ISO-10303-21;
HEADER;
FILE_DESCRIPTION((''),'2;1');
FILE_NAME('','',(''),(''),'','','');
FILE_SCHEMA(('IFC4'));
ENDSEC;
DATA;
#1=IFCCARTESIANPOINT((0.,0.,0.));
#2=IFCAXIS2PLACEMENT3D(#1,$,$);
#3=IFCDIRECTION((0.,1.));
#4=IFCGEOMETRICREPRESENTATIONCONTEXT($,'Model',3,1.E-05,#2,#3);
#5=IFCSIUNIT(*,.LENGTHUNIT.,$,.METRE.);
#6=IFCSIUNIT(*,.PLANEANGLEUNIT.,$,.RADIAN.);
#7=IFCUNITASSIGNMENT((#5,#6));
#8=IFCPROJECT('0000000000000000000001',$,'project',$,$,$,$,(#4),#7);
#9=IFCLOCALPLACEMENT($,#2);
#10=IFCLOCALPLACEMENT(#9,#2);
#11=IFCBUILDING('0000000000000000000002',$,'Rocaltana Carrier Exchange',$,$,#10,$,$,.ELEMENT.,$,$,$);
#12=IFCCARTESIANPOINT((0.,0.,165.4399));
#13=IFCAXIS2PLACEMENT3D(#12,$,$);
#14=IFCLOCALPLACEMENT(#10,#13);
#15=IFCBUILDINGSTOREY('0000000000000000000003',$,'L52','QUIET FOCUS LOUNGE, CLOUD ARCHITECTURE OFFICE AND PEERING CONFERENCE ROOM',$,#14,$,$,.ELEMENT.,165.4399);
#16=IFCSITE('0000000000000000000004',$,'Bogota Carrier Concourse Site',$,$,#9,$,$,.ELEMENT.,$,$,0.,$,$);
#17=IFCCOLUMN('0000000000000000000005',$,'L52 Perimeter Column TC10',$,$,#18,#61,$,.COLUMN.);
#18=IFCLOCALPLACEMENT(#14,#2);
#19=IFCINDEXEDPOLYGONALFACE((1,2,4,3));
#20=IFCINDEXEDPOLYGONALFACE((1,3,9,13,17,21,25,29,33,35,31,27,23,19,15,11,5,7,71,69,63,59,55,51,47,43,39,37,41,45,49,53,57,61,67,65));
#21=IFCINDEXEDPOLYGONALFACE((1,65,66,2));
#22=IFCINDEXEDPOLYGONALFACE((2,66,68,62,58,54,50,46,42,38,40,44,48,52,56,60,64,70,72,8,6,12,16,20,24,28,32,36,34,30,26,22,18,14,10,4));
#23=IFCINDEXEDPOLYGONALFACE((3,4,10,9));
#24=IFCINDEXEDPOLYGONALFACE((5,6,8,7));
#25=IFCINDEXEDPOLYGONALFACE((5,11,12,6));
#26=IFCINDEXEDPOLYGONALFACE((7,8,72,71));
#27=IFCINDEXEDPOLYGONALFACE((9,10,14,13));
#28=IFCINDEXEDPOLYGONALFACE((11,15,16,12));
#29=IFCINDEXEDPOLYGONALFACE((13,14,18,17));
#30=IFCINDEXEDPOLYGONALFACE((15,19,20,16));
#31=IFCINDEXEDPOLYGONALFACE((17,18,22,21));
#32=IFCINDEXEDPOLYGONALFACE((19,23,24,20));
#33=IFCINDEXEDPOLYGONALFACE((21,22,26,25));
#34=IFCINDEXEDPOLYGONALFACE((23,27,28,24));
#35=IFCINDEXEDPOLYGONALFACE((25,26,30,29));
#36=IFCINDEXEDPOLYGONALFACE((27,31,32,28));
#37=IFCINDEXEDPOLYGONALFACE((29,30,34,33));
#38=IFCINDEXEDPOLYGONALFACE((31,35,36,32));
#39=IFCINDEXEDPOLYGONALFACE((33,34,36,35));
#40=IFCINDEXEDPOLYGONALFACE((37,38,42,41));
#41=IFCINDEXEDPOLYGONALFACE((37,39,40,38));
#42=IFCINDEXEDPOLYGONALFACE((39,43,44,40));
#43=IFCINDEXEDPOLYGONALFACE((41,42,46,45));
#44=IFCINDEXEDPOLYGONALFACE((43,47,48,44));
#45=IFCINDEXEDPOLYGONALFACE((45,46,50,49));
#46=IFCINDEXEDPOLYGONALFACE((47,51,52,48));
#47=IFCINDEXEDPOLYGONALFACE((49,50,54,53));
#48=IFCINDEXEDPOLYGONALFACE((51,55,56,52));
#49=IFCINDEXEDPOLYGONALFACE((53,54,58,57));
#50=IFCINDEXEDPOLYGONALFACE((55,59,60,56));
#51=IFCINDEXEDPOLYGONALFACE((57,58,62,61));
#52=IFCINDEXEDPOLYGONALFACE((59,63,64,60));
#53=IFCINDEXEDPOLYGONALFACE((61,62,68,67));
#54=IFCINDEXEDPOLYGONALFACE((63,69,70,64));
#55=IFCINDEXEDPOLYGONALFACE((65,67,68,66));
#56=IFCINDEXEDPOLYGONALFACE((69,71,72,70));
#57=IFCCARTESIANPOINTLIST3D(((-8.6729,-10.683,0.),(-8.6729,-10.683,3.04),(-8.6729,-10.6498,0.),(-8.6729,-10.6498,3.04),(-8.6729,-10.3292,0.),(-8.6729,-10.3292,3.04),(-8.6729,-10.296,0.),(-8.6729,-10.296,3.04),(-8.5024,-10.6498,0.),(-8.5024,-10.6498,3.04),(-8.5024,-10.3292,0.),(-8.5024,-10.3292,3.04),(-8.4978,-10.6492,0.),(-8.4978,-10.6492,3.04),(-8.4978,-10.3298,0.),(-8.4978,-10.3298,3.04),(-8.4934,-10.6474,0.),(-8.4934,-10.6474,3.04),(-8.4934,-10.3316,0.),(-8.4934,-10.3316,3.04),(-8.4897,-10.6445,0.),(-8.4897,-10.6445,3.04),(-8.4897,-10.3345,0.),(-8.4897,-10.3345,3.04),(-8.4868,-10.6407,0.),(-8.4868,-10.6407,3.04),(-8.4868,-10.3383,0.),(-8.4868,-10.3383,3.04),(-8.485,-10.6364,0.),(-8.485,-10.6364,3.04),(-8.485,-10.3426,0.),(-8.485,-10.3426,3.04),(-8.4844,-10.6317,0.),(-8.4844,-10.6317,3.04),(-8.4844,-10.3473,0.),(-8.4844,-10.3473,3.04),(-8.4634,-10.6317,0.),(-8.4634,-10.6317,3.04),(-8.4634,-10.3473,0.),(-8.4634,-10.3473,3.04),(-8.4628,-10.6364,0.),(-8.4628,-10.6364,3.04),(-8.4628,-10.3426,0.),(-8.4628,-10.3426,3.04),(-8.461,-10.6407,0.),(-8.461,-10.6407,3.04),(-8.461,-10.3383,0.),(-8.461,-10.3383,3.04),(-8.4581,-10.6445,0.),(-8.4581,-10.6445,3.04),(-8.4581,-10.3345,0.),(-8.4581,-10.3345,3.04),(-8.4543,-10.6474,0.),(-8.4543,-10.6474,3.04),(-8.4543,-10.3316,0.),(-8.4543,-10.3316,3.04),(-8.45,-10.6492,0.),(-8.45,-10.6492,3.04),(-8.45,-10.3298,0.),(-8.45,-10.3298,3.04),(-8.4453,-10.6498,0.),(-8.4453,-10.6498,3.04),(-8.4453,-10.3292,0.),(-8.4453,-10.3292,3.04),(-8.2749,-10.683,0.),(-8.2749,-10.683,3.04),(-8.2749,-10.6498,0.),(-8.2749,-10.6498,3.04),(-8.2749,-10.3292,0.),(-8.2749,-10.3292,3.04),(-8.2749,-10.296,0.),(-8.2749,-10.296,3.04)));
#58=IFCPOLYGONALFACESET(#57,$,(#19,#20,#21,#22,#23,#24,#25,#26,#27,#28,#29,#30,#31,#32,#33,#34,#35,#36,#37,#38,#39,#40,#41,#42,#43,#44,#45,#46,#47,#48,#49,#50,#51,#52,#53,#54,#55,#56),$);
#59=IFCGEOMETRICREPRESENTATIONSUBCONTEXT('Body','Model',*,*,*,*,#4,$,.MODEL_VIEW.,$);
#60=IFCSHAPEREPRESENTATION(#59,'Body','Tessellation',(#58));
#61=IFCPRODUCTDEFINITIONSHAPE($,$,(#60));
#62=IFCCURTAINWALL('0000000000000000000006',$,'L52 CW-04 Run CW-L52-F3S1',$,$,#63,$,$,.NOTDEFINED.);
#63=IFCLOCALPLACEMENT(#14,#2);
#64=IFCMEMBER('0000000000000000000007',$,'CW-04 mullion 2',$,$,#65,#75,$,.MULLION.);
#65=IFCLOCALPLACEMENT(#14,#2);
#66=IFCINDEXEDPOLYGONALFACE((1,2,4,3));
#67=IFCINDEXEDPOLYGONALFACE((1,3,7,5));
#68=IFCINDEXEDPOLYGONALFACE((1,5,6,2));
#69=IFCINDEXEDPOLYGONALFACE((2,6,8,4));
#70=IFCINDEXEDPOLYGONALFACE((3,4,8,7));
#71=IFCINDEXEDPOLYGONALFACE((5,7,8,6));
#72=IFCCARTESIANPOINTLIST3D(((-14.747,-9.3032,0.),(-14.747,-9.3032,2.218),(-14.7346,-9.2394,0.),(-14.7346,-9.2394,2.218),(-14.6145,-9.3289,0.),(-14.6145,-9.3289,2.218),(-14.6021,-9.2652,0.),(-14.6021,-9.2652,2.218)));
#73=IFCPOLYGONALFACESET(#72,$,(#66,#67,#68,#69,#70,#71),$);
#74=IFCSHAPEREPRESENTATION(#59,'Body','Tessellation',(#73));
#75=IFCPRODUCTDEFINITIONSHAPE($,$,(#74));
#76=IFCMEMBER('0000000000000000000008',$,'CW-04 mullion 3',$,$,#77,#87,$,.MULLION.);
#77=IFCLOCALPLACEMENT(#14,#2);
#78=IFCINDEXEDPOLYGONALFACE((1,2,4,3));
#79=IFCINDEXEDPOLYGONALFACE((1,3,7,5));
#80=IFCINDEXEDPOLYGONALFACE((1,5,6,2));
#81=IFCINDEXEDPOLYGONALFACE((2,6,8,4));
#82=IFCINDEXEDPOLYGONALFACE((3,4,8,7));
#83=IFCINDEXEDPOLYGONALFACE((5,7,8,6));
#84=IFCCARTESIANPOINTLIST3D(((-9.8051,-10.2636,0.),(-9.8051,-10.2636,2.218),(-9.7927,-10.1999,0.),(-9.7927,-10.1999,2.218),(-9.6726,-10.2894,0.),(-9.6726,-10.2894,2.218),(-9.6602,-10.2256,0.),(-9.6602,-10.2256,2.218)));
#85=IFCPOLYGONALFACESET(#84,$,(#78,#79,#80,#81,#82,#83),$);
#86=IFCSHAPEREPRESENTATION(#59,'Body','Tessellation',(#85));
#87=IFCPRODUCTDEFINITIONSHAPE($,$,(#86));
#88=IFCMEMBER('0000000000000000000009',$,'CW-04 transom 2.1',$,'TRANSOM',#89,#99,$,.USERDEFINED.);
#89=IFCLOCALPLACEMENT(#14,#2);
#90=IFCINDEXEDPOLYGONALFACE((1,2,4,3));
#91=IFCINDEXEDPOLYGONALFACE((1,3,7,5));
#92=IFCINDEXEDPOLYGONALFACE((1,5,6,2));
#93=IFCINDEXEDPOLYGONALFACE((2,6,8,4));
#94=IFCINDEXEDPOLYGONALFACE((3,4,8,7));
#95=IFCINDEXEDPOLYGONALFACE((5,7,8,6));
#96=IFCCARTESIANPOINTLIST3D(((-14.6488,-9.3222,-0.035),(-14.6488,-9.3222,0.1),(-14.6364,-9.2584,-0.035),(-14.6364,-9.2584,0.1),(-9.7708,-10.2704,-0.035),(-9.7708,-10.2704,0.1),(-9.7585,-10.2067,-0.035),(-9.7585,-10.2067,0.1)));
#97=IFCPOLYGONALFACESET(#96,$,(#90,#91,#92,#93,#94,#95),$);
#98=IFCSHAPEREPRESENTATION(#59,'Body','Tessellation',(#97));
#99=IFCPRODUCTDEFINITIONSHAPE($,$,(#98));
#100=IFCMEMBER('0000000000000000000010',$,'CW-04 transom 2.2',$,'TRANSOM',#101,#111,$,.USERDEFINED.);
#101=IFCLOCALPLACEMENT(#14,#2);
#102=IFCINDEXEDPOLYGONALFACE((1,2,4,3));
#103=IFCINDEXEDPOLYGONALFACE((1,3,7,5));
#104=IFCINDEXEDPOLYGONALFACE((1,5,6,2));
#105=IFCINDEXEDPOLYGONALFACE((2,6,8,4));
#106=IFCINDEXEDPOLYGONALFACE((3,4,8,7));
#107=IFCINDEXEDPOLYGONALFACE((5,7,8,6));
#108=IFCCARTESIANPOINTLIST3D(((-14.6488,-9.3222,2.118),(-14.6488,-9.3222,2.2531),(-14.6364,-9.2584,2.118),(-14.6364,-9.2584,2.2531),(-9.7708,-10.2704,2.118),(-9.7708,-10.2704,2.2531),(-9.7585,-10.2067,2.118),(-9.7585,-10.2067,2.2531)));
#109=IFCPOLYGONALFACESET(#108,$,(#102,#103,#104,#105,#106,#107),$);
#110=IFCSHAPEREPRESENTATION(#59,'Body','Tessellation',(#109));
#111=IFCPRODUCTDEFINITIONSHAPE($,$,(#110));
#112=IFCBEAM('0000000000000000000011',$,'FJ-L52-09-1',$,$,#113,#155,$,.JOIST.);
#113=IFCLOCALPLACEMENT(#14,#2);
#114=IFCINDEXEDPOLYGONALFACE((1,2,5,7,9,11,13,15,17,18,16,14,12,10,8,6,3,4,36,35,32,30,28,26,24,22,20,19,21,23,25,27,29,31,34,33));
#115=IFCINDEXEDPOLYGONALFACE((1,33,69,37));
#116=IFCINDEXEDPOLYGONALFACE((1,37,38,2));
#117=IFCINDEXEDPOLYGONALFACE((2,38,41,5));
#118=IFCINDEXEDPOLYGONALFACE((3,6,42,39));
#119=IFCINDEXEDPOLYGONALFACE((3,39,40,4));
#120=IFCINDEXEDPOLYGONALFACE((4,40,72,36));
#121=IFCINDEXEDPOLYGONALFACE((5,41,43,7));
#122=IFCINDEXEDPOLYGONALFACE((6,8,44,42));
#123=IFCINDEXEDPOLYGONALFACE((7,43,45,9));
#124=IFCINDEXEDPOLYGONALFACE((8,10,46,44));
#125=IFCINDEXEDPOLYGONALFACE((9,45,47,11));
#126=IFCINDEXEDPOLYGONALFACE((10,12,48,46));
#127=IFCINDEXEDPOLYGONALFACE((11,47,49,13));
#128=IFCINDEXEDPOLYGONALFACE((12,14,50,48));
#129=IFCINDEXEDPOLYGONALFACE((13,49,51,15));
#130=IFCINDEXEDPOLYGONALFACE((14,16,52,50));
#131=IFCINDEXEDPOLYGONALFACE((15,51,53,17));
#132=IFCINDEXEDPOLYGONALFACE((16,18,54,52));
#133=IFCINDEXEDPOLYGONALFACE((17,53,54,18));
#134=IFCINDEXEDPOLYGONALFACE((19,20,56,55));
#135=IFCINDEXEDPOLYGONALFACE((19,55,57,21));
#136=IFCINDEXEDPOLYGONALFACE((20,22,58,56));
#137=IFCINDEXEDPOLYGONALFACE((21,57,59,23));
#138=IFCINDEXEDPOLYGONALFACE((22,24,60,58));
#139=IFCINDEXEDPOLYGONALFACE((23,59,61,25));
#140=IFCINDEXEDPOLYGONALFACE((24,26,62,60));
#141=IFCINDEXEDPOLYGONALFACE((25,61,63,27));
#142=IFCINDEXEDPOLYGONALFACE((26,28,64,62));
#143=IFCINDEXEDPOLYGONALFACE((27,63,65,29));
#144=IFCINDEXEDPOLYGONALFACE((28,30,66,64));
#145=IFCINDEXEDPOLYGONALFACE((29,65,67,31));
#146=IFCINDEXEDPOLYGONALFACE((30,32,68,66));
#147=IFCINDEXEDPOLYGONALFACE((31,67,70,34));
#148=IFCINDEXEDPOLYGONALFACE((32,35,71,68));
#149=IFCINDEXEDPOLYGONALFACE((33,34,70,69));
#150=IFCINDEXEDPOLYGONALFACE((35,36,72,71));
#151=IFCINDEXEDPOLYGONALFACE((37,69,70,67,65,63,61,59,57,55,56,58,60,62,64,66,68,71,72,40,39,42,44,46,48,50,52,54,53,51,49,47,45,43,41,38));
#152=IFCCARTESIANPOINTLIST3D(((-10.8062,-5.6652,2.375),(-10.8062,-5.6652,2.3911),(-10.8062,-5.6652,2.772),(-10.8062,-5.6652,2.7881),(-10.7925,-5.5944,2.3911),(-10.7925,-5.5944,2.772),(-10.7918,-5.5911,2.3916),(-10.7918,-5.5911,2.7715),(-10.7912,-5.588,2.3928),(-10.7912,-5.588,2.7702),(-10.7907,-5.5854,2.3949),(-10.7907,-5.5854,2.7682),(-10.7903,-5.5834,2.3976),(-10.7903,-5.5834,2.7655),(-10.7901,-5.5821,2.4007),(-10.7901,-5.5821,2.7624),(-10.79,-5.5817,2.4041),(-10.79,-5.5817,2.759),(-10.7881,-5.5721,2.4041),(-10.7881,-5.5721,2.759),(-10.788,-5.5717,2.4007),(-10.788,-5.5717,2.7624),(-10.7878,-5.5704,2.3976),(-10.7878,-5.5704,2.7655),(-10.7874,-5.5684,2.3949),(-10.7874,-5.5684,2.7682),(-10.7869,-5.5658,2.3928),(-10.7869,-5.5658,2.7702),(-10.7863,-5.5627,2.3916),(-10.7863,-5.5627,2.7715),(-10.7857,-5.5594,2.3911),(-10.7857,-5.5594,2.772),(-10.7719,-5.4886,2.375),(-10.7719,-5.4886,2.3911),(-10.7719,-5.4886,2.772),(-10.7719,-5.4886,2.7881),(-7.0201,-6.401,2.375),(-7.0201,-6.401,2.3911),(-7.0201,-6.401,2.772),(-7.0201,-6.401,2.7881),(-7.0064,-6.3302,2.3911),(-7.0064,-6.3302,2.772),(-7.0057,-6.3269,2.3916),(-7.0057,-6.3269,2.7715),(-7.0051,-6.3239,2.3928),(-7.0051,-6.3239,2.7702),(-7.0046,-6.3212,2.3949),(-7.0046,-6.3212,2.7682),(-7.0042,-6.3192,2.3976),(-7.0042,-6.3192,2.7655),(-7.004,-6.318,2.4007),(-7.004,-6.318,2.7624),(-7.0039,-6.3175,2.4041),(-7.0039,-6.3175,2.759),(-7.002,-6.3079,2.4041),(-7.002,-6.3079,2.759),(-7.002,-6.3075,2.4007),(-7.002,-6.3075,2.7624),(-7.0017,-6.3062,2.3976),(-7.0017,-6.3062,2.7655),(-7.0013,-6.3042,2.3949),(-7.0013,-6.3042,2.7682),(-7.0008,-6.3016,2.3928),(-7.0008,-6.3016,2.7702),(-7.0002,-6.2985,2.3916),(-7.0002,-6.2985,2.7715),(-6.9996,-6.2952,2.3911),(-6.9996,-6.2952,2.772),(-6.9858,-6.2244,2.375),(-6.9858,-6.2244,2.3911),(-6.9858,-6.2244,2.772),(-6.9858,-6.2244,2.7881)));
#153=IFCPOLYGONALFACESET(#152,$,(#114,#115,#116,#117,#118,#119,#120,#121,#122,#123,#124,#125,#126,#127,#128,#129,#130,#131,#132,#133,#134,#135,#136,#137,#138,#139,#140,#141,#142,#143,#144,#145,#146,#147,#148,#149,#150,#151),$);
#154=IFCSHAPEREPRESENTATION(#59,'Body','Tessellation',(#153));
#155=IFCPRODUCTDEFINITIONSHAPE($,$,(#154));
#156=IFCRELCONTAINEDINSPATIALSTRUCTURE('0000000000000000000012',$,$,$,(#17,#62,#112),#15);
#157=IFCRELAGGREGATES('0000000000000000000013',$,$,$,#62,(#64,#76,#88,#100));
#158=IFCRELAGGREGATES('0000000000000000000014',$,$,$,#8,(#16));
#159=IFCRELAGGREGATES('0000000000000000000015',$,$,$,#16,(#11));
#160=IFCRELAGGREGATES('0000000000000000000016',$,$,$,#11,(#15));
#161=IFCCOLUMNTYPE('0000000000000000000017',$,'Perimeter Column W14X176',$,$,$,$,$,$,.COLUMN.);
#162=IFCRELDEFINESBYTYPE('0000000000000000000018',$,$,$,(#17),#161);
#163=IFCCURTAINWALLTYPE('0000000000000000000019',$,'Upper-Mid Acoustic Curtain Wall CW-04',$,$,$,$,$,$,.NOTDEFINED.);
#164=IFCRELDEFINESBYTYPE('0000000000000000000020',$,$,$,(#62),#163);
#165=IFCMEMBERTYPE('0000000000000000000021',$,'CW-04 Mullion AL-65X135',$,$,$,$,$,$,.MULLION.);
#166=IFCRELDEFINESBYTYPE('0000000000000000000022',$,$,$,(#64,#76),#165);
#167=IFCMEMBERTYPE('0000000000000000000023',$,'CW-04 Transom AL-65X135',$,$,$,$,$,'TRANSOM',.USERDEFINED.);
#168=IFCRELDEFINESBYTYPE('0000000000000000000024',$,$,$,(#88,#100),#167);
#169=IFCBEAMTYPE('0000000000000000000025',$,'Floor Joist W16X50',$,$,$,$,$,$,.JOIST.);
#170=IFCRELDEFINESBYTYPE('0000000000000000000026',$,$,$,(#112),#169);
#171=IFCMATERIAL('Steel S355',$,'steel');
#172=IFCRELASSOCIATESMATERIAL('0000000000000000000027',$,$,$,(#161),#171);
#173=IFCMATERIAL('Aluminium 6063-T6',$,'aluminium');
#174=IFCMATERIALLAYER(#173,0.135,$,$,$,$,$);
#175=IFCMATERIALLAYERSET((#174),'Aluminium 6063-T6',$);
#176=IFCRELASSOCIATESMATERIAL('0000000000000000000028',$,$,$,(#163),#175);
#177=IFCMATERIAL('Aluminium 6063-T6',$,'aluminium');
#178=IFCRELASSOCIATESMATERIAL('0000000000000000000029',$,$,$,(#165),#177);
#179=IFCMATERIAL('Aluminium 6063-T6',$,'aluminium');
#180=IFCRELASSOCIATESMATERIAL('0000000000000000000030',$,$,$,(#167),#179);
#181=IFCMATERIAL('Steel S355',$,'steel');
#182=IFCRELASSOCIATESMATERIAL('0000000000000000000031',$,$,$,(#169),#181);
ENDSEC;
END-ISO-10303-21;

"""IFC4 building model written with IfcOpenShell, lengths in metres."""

from ifc_helpers import new_model, si_unit, direction, frame, origin, origin_2d, place, context, subcontext, project, spatial, rectangle, i_section, extrude, material, layer, layer_set, material_profile, profile_set, type_object, element, aggregate, save


model = new_model("IFC4")

# Units and contexts
model_context = context("Model", 3, precision=1e-05, world=origin(), true_north=direction((0.0, 1.0)))
body_context = subcontext(model_context, "Body", "Model", "MODEL_VIEW")
ifc_project = project(units=[si_unit("LENGTHUNIT", "METRE"), si_unit("PLANEANGLEUNIT", "RADIAN")], contexts=[model_context])

# Site, building, storey
site_placement = place(None, origin())
site = spatial("IfcSite", under=ifc_project, at=site_placement, Name="Bogota Carrier Concourse Site", CompositionType="ELEMENT", RefElevation=0.0)
building_placement = place(site_placement, origin())
building = spatial("IfcBuilding", under=site, at=building_placement, Name="Rocaltana Carrier Exchange", CompositionType="ELEMENT")
storey_placement = place(building_placement, frame((0.0, 0.0, 165.4399)))
storey = spatial("IfcBuildingStorey", under=building, at=storey_placement, Name="L52", Description="QUIET FOCUS LOUNGE, CLOUD ARCHITECTURE OFFICE AND PEERING CONFERENCE ROOM", CompositionType="ELEMENT", Elevation=165.4399)

# Column
ifc_material_1 = material(Name="Steel S355", Category="steel")
ifc_material_profile_1 = material_profile(ifc_material_1, i_section(OverallWidth=0.3979, OverallDepth=0.387, WebThickness=0.021, FlangeThickness=0.0332, FilletRadius=0.0181, at=origin_2d()), Name="W14X176")
ifc_profile_set_1 = profile_set([ifc_material_profile_1], Name="Steel S355")
column_type = type_object("IfcColumnType", Name="Perimeter Column W14X176", PredefinedType="COLUMN", material=ifc_profile_set_1)
column_placement = place(storey_placement, frame((-8.4739, -10.4895, 0.0), z_axis=(0.0, 0.0, 1.0), x_axis=(1.0, 0.0, 0.0)))
element("IfcColumn", 1, at=column_placement, inside=storey, type_object=column_type, Name="L52 Perimeter Column TC10", PredefinedType="COLUMN", context=body_context, shape_type="SweptSolid", body=[
    extrude(i_section(OverallWidth=0.3979, OverallDepth=0.387, WebThickness=0.021, FlangeThickness=0.0332, FilletRadius=0.0181, at=origin_2d()), origin(), (0.0, 0.0, 1.0), 3.04),
])

# Curtain wall, members
ifc_material_2 = material(Name="Aluminium 6063-T6", Category="aluminium")
ifc_layer_1 = layer(ifc_material_2, 0.135)
ifc_layer_set_1 = layer_set([ifc_layer_1], Name="Aluminium 6063-T6")
curtain_wall_type = type_object("IfcCurtainWallType", Name="Upper-Mid Acoustic Curtain Wall CW-04", PredefinedType="NOTDEFINED", material=ifc_layer_set_1)
curtain_wall_placement = place(storey_placement, origin())
curtain_wall = element("IfcCurtainWall", 2, at=curtain_wall_placement, inside=storey, type_object=curtain_wall_type, Name="L52 CW-04 Run CW-L52-F3S1", PredefinedType="NOTDEFINED")
ifc_material_3 = material(Name="Aluminium 6063-T6", Category="aluminium")
ifc_material_profile_2 = material_profile(ifc_material_3, rectangle(XDim=0.0649, YDim=0.135, at=origin_2d()), Name="AL-65X135")
ifc_profile_set_2 = profile_set([ifc_material_profile_2], Name="Aluminium 6063-T6")
member_type_1 = type_object("IfcMemberType", Name="CW-04 Mullion AL-65X135", PredefinedType="MULLION", material=ifc_profile_set_2)
member_1_placement = place(storey_placement, frame((-14.6746, -9.2842, 0.0), z_axis=(0.0, 0.0, 1.0), x_axis=(0.190803, 0.981628, 0.0)))
member_1 = element("IfcMember", 3, at=member_1_placement, type_object=member_type_1, Name="CW-04 mullion 2", PredefinedType="MULLION", context=body_context, shape_type="SweptSolid", body=[
    extrude(rectangle(XDim=0.0649, YDim=0.135, at=origin_2d()), origin(), (0.0, 0.0, 1.0), 2.218),
])
member_2_placement = place(storey_placement, frame((-9.7327, -10.2446, 0.0), z_axis=(0.0, 0.0, 1.0), x_axis=(0.190803, 0.981628, 0.0)))
member_2 = element("IfcMember", 4, at=member_2_placement, type_object=member_type_1, Name="CW-04 mullion 3", PredefinedType="MULLION", context=body_context, shape_type="SweptSolid", body=[
    extrude(rectangle(XDim=0.0649, YDim=0.135, at=origin_2d()), origin(), (0.0, 0.0, 1.0), 2.218),
])
ifc_material_4 = material(Name="Aluminium 6063-T6", Category="aluminium")
ifc_material_profile_3 = material_profile(ifc_material_4, rectangle(XDim=0.0649, YDim=0.135, at=origin_2d()), Name="AL-65X135")
ifc_profile_set_3 = profile_set([ifc_material_profile_3], Name="Aluminium 6063-T6")
member_type_2 = type_object("IfcMemberType", Name="CW-04 Transom AL-65X135", ElementType="TRANSOM", PredefinedType="USERDEFINED", material=ifc_profile_set_3)
member_3_placement = place(storey_placement, frame((-14.6426, -9.2903, 0.0325), z_axis=(0.981625, -0.190822, 0.0), x_axis=(0.190822, 0.981625, 0.0)))
member_3 = element("IfcMember", 5, at=member_3_placement, type_object=member_type_2, Name="CW-04 transom 2.1", ObjectType="TRANSOM", PredefinedType="USERDEFINED", context=body_context, shape_type="SweptSolid", body=[
    extrude(rectangle(XDim=0.0649, YDim=0.135, at=origin_2d()), origin(), (0.0, 0.0, 1.0), 4.9692),
])
member_4_placement = place(storey_placement, frame((-14.6426, -9.2903, 2.1855), z_axis=(0.981625, -0.190822, 0.0), x_axis=(0.190822, 0.981625, 0.0)))
member_4 = element("IfcMember", 6, at=member_4_placement, type_object=member_type_2, Name="CW-04 transom 2.2", ObjectType="TRANSOM", PredefinedType="USERDEFINED", context=body_context, shape_type="SweptSolid", body=[
    extrude(rectangle(XDim=0.0649, YDim=0.135, at=origin_2d()), origin(), (0.0, 0.0, 1.0), 4.9692),
])

# Beam
ifc_material_5 = material(Name="Steel S355", Category="steel")
ifc_material_profile_4 = material_profile(ifc_material_5, i_section(OverallWidth=0.1799, OverallDepth=0.4131, WebThickness=0.0098, FlangeThickness=0.0161, FilletRadius=0.0129, at=origin_2d()), Name="W16X50")
ifc_profile_set_4 = profile_set([ifc_material_profile_4], Name="Steel S355")
beam_type_1 = type_object("IfcBeamType", Name="Floor Joist W16X50", PredefinedType="JOIST", material=ifc_profile_set_4)
beam_1_placement = place(storey_placement, frame((-10.7891, -5.5769, 2.5815), z_axis=(0.981633, -0.190782, 0.0), x_axis=(0.190782, 0.981633, 0.0)))
element("IfcBeam", 7, at=beam_1_placement, inside=storey, type_object=beam_type_1, Name="FJ-L52-09-1", PredefinedType="JOIST", context=body_context, shape_type="SweptSolid", body=[
    extrude(i_section(OverallWidth=0.1799, OverallDepth=0.4131, WebThickness=0.0098, FlangeThickness=0.0161, FilletRadius=0.0129, at=origin_2d()), origin(), (0.0, 0.0, 1.0), 3.8569),
])

aggregate(curtain_wall, [member_1, member_2, member_3, member_4])

save(model, "model.ifc")
